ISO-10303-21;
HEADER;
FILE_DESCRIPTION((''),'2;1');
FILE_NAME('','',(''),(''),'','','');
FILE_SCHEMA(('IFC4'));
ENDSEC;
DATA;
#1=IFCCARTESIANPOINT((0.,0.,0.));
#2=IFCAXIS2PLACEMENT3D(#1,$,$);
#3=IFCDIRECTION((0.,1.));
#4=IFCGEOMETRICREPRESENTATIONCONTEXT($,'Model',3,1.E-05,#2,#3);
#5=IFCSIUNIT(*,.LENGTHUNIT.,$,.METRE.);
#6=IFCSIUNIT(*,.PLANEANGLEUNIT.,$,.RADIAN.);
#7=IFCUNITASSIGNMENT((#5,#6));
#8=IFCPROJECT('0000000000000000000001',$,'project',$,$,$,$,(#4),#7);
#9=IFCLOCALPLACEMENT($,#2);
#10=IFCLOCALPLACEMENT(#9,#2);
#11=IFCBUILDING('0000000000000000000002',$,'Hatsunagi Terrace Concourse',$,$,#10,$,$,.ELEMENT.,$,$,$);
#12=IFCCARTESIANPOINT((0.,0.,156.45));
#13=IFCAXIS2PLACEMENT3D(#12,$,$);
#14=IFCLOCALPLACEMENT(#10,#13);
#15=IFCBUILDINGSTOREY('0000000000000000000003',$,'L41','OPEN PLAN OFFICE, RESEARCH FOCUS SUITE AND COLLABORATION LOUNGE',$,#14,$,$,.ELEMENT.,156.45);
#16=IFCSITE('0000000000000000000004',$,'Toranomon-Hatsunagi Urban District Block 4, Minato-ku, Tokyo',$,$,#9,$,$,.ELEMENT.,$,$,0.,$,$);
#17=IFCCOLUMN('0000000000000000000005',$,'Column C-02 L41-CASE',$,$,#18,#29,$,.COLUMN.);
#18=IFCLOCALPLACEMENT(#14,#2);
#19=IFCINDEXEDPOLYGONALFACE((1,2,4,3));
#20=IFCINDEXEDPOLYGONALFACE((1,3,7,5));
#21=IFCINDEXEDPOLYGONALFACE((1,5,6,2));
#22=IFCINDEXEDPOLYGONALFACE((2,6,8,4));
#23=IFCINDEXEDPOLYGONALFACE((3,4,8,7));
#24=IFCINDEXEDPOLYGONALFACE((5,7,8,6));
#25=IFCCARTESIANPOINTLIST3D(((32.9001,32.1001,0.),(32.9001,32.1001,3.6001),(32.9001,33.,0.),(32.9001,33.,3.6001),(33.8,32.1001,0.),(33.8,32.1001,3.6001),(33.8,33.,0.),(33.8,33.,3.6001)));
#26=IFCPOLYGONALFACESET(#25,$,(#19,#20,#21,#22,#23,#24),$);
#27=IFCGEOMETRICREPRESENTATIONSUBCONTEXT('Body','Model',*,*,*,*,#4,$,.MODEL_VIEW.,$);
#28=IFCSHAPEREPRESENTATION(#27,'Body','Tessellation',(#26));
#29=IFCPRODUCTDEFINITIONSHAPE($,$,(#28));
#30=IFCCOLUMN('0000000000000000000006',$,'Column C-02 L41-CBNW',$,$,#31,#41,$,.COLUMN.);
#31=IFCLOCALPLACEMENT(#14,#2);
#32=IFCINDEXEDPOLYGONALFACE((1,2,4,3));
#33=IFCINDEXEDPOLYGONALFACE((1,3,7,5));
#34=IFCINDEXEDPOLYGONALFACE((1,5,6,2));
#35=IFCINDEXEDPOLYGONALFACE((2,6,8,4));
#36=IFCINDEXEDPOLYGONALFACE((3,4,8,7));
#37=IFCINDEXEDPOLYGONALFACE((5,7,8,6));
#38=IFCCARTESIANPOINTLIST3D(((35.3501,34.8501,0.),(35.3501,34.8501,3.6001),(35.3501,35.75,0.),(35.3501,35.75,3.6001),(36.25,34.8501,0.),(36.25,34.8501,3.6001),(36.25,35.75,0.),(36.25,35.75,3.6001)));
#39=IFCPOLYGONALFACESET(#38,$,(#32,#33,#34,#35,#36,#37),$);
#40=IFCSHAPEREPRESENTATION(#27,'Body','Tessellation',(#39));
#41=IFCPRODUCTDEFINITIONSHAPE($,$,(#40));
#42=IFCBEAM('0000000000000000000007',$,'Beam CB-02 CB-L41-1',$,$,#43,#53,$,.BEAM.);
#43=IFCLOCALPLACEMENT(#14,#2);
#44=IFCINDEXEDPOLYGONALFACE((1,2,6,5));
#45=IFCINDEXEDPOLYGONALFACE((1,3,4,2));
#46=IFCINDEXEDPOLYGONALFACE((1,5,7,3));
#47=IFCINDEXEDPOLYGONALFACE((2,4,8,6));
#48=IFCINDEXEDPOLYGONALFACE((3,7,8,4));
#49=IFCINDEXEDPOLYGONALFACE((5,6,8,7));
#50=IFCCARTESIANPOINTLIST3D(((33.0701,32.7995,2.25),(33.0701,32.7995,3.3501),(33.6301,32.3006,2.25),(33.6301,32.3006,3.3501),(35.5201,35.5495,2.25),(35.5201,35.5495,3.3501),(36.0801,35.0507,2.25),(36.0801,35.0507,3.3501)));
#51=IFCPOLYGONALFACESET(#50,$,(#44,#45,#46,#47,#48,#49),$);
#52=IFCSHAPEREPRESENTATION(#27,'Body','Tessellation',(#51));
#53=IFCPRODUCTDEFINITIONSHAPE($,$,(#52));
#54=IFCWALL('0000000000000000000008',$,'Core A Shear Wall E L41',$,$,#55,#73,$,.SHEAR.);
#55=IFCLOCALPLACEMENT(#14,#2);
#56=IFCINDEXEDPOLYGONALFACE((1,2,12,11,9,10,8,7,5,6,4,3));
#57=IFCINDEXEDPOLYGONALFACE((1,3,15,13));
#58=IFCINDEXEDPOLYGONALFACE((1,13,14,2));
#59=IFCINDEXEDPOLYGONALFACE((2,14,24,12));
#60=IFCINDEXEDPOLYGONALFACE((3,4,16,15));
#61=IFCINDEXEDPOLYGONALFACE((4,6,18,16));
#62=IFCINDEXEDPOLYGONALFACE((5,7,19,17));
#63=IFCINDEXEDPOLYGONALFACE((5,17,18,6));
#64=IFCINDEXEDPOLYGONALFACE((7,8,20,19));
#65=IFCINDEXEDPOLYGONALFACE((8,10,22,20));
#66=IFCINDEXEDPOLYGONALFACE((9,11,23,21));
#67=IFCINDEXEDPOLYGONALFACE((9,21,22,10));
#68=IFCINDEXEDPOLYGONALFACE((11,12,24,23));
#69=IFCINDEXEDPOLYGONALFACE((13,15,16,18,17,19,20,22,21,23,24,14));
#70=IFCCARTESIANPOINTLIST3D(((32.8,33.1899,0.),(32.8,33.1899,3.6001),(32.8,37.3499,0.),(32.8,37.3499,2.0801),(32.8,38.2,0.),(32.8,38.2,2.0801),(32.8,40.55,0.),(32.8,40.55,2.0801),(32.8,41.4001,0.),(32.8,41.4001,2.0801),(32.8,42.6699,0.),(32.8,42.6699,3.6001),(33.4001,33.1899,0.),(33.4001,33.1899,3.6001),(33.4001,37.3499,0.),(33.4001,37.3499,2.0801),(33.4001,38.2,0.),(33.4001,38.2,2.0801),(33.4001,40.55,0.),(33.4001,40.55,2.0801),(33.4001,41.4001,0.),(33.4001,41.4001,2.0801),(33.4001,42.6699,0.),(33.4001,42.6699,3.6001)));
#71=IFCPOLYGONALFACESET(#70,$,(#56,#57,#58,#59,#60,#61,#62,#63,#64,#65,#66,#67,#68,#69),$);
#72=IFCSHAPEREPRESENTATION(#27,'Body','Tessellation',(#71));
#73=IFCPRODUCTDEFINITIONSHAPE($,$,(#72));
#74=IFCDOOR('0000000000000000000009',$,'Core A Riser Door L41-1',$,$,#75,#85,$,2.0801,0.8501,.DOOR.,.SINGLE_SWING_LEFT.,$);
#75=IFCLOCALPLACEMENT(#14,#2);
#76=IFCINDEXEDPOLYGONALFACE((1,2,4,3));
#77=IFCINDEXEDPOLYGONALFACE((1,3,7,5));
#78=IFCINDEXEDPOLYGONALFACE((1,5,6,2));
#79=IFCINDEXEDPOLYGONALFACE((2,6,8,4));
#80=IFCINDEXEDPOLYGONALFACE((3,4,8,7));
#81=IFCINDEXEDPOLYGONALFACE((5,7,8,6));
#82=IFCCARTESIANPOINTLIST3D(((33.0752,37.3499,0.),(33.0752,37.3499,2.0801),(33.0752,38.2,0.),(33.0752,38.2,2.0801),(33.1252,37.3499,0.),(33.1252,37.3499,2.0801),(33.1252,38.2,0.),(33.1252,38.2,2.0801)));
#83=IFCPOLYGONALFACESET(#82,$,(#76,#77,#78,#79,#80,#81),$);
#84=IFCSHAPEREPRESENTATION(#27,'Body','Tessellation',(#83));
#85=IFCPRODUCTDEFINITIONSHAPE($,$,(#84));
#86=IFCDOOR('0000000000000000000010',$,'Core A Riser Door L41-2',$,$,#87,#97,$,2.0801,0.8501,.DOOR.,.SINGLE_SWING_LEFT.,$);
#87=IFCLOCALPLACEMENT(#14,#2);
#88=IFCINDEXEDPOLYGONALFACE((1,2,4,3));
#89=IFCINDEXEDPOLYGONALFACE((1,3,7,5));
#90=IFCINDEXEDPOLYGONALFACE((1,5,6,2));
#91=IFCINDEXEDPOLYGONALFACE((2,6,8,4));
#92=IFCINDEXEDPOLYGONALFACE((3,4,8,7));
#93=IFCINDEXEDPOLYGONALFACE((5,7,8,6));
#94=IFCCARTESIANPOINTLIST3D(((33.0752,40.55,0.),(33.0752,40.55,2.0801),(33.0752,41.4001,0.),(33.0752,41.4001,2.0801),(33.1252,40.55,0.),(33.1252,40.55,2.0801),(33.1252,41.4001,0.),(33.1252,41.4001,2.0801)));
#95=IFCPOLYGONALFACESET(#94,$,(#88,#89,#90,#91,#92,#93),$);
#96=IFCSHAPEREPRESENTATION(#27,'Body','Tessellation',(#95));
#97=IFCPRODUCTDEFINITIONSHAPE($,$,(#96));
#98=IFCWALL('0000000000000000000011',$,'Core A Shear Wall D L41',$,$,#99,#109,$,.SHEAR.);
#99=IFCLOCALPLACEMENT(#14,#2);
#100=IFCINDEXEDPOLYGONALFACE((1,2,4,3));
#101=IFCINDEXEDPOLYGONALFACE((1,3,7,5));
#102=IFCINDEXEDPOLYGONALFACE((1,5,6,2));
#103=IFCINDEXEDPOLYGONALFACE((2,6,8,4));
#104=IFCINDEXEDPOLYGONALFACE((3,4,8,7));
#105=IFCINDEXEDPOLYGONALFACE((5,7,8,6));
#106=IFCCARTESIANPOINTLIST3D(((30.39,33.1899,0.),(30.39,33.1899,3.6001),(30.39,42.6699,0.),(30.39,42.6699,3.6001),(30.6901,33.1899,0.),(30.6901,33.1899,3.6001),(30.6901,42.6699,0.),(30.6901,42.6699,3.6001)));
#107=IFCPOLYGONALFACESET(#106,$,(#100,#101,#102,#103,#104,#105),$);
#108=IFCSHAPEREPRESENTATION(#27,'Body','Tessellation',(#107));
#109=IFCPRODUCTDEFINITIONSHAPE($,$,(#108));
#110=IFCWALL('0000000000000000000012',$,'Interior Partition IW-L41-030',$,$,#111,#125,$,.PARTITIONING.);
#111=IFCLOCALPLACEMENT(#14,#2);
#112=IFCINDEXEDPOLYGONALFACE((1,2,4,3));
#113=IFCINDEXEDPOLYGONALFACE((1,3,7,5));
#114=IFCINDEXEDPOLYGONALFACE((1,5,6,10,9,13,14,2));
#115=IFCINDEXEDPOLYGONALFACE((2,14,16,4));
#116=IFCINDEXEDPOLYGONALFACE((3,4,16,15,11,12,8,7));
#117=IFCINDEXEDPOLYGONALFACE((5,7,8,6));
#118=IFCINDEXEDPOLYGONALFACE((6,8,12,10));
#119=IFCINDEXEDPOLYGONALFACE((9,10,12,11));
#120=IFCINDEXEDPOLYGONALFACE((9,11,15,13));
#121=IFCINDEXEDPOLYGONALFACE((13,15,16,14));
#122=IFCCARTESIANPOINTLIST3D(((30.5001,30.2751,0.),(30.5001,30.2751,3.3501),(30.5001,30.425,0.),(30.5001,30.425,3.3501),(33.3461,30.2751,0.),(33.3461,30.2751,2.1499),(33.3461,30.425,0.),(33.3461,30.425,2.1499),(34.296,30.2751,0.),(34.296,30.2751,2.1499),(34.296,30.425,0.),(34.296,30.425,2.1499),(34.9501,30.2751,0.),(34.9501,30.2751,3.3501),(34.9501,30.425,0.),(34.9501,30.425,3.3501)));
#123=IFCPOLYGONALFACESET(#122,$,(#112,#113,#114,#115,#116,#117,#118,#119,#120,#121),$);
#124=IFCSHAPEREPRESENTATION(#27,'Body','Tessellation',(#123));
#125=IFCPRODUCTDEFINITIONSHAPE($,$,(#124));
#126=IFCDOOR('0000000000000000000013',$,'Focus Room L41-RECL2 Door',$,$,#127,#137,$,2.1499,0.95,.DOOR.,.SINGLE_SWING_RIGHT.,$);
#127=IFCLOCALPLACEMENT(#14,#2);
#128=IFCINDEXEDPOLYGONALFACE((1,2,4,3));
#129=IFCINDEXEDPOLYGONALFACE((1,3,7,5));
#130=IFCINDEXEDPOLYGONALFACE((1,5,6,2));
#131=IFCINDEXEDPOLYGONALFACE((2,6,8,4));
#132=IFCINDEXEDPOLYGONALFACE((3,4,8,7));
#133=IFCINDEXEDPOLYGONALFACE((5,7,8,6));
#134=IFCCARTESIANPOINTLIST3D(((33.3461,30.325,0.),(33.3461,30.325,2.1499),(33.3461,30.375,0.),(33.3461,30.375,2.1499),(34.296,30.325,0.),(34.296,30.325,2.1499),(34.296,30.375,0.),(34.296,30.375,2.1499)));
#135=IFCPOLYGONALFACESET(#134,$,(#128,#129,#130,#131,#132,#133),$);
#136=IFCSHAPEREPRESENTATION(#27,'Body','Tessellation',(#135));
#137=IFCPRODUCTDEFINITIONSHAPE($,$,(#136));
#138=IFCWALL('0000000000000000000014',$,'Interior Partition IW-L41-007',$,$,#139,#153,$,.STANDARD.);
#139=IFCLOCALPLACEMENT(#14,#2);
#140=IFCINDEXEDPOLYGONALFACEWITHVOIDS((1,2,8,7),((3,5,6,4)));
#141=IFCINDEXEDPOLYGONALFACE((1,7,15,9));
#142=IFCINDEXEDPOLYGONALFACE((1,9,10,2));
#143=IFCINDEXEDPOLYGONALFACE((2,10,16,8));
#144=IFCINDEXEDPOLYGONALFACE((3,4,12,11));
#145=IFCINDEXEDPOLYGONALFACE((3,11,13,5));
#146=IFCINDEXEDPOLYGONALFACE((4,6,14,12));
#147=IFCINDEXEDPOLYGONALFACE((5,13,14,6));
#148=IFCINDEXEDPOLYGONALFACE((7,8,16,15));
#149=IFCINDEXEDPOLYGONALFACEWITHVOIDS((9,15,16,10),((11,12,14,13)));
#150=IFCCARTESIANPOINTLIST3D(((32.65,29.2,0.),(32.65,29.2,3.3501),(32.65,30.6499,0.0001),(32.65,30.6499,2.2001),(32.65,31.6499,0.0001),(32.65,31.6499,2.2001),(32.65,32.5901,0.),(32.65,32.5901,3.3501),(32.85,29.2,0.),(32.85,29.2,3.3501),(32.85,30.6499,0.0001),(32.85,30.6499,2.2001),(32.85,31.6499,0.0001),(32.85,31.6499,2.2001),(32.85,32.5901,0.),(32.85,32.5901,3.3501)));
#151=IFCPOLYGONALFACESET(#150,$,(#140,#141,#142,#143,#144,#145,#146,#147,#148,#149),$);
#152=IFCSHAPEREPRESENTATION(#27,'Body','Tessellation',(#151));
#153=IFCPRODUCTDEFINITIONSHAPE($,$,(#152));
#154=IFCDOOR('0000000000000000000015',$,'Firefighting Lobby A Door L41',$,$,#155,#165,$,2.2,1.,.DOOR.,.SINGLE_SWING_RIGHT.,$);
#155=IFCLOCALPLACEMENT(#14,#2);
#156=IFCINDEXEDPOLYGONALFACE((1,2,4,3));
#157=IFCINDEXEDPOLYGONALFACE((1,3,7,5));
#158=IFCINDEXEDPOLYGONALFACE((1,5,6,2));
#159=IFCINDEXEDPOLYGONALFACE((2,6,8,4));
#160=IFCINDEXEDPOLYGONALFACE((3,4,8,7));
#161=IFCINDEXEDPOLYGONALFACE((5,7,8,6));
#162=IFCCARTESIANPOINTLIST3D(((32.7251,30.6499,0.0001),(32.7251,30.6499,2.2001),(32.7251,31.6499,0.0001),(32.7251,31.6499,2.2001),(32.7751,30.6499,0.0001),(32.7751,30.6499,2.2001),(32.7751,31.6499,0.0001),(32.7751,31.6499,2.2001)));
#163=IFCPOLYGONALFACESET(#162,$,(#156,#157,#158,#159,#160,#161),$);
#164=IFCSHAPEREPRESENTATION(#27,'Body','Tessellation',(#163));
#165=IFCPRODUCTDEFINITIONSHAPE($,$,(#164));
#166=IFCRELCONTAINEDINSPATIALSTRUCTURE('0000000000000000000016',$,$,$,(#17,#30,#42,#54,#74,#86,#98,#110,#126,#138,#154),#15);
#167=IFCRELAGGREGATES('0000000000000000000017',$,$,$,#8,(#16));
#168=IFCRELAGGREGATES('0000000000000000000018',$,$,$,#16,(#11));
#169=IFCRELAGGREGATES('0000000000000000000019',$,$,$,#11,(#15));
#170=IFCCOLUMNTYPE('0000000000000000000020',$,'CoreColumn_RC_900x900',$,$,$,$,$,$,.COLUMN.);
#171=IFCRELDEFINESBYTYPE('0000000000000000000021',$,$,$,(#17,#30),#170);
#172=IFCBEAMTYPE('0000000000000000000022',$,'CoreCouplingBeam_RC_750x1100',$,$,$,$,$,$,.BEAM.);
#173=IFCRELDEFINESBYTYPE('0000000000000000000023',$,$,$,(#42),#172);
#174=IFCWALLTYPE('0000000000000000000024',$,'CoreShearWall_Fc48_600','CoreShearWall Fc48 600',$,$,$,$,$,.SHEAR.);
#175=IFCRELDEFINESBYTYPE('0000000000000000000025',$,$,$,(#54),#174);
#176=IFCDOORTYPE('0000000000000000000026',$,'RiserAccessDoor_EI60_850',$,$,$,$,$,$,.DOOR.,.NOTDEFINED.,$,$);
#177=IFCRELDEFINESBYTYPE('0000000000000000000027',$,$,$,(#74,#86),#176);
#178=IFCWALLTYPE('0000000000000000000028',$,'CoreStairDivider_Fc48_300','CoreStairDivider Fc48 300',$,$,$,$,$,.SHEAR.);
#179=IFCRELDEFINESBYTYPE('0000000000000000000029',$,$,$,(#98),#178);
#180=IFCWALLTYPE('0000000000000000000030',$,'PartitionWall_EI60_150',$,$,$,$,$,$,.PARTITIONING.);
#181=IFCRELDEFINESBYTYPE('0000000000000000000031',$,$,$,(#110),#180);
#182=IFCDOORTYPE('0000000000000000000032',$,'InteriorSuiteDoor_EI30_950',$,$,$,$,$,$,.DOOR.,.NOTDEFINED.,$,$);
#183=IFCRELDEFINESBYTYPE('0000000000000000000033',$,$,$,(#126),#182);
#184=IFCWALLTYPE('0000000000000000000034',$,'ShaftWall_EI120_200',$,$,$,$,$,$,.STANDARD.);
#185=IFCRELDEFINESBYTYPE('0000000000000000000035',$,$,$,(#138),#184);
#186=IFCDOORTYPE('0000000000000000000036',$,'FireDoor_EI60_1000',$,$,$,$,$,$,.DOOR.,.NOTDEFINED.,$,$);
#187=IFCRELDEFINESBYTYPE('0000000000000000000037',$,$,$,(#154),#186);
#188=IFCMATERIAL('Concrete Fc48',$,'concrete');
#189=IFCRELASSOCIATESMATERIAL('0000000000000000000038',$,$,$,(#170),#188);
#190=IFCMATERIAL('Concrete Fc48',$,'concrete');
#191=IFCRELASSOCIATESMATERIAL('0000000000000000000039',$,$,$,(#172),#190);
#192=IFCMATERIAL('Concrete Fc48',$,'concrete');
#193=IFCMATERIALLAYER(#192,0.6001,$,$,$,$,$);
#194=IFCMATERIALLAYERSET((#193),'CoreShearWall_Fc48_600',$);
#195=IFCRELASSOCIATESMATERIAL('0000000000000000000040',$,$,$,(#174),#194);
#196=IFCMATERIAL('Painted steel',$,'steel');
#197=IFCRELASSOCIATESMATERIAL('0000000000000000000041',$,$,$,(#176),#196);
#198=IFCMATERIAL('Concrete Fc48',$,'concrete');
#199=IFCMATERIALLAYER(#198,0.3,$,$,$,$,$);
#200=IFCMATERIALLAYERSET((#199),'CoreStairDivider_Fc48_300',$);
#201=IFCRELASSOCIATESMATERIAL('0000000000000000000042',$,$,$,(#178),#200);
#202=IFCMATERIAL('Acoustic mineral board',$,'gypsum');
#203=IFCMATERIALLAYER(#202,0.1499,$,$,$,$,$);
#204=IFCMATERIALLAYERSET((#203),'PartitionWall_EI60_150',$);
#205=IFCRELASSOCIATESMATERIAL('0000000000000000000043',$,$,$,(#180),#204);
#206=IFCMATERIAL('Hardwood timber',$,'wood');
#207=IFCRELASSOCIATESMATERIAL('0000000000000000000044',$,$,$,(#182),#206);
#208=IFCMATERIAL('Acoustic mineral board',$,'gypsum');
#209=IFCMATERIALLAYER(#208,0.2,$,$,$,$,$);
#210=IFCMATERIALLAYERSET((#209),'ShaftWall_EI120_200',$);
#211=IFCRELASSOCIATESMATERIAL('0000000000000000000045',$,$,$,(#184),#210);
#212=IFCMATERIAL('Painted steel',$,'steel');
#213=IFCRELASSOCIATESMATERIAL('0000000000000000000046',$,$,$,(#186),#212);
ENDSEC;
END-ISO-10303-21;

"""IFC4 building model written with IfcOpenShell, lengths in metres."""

from ifc_helpers import new_model, si_unit, direction, frame, frame_2d, origin, origin_2d, place, context, subcontext, project, spatial, rectangle, extrude, material, layer, layer_set, material_profile, profile_set, type_object, element, fill, save


model = new_model("IFC4")

# Units and contexts
model_context = context("Model", 3, precision=1e-05, world=origin(), true_north=direction((0.0, 1.0)))
body_context = subcontext(model_context, "Body", "Model", "MODEL_VIEW")
ifc_project = project(units=[si_unit("LENGTHUNIT", "METRE"), si_unit("PLANEANGLEUNIT", "RADIAN")], contexts=[model_context])

# Site, building, storey
site_placement = place(None, origin())
site = spatial("IfcSite", under=ifc_project, at=site_placement, Name="Toranomon-Hatsunagi Urban District Block 4, Minato-ku, Tokyo", CompositionType="ELEMENT", RefElevation=0.0)
building_placement = place(site_placement, origin())
building = spatial("IfcBuilding", under=site, at=building_placement, Name="Hatsunagi Terrace Concourse", CompositionType="ELEMENT")
storey_placement = place(building_placement, frame((0.0, 0.0, 156.45)))
storey = spatial("IfcBuildingStorey", under=building, at=storey_placement, Name="L41", Description="OPEN PLAN OFFICE, RESEARCH FOCUS SUITE AND COLLABORATION LOUNGE", CompositionType="ELEMENT", Elevation=156.45)

# Columns
ifc_material_1 = material(Name="Concrete Fc48", Category="concrete")
ifc_material_profile_1 = material_profile(ifc_material_1, rectangle(XDim=0.8999, YDim=0.8999, at=origin_2d()), Name="RC-900x900")
ifc_profile_set_1 = profile_set([ifc_material_profile_1], Name="Concrete Fc48")
column_type = type_object("IfcColumnType", Name="CoreColumn_RC_900x900", PredefinedType="COLUMN", material=ifc_profile_set_1)
for number, where, z_axis, x_axis, name in (
    (1, (33.3501, 32.55, 0.0), (0.0, 0.0, 1.0), (1.0, 0.0, 0.0), "Column C-02 L41-CASE"),
    (2, (35.8, 35.3, 0.0), (0.0, 0.0, 1.0), (1.0, 0.0, 0.0), "Column C-02 L41-CBNW"),
):
    element("IfcColumn", number, at=place(storey_placement, frame(where, z_axis=z_axis, x_axis=x_axis)), inside=storey, type_object=column_type, Name=name, PredefinedType="COLUMN", context=body_context, shape_type="SweptSolid", body=[
        extrude(rectangle(XDim=0.8999, YDim=0.8999, at=origin_2d()), origin(), (0.0, 0.0, 1.0), 3.6001),
    ])

# Beam
ifc_material_2 = material(Name="Concrete Fc48", Category="concrete")
ifc_material_profile_2 = material_profile(ifc_material_2, rectangle(XDim=0.75, YDim=1.1001, at=origin_2d()), Name="RC-750x1100")
ifc_profile_set_2 = profile_set([ifc_material_profile_2], Name="Concrete Fc48")
beam_type = type_object("IfcBeamType", Name="CoreCouplingBeam_RC_750x1100", PredefinedType="BEAM", material=ifc_profile_set_2)
beam_placement = place(storey_placement, frame((33.3501, 32.55, 2.8), z_axis=(0.665199, 0.746666, 0.0), x_axis=(-0.746666, 0.665199, 0.0)))
element("IfcBeam", 3, at=beam_placement, inside=storey, type_object=beam_type, Name="Beam CB-02 CB-L41-1", PredefinedType="BEAM", context=body_context, shape_type="SweptSolid", body=[
    extrude(rectangle(XDim=0.75, YDim=1.1001, at=origin_2d()), origin(), (0.0, 0.0, 1.0), 3.6831),
])

# Wall, openings, doors
ifc_material_3 = material(Name="Concrete Fc48", Category="concrete")
ifc_layer_1 = layer(ifc_material_3, 0.6001)
ifc_layer_set_1 = layer_set([ifc_layer_1], Name="CoreShearWall_Fc48_600")
wall_type_1 = type_object("IfcWallType", Name="CoreShearWall_Fc48_600", Description="CoreShearWall Fc48 600", PredefinedType="SHEAR", material=ifc_layer_set_1)
wall_1_placement = place(storey_placement, frame((33.1001, 33.1899, 0.0), z_axis=(0.0, 0.0, 1.0), x_axis=(0.0, 1.0, 0.0)))
wall_1 = element("IfcWall", 4, at=wall_1_placement, inside=storey, type_object=wall_type_1, Name="Core A Shear Wall E L41", PredefinedType="SHEAR", context=body_context, shape_type="SweptSolid", body=[
    extrude(rectangle(XDim=9.48, YDim=0.6001, at=frame_2d((4.74, 0.0))), origin(), (0.0, 0.0, 1.0), 3.6001),
])
opening_1_placement = place(wall_1_placement, frame((4.1599, 0.0, 0.0)))
opening_1 = element("IfcOpeningElement", 5, at=opening_1_placement, cuts=wall_1, PredefinedType="OPENING", context=body_context, shape_type="SweptSolid", body=[
    extrude(rectangle(XDim=0.8501, YDim=2.0801, at=frame_2d((0.425, 1.04))), frame((0.0, 0.3101, 0.0), z_axis=(0.0, -1.0, 0.0), x_axis=(1.0, 0.0, 0.0)), (0.0, 0.0, 1.0), 0.6201),
])
opening_2_placement = place(wall_1_placement, frame((7.3601, 0.0, 0.0)))
opening_2 = element("IfcOpeningElement", 6, at=opening_2_placement, cuts=wall_1, PredefinedType="OPENING", context=body_context, shape_type="SweptSolid", body=[
    extrude(rectangle(XDim=0.8501, YDim=2.0801, at=frame_2d((0.425, 1.04))), frame((0.0, 0.3101, 0.0), z_axis=(0.0, -1.0, 0.0), x_axis=(1.0, 0.0, 0.0)), (0.0, 0.0, 1.0), 0.6201),
])
ifc_material_4 = material(Name="Painted steel", Category="steel")
door_type_1 = type_object("IfcDoorType", Name="RiserAccessDoor_EI60_850", OperationType="NOTDEFINED", PredefinedType="DOOR", material=ifc_material_4)
door_1_placement = place(opening_1_placement, origin())
door_1 = element("IfcDoor", 7, at=door_1_placement, inside=storey, type_object=door_type_1, Name="Core A Riser Door L41-1", OperationType="SINGLE_SWING_LEFT", OverallHeight=2.0801, OverallWidth=0.8501, PredefinedType="DOOR", context=body_context, shape_type="SweptSolid", body=[
    extrude(rectangle(XDim=0.8501, YDim=2.0801, at=frame_2d((0.425, 1.04))), frame((0.0, 0.0249, 0.0), z_axis=(0.0, -1.0, 0.0), x_axis=(1.0, 0.0, 0.0)), (0.0, 0.0, 1.0), 0.05),
])
fill(opening_1, door_1)
door_2_placement = place(opening_2_placement, origin())
door_2 = element("IfcDoor", 8, at=door_2_placement, inside=storey, type_object=door_type_1, Name="Core A Riser Door L41-2", OperationType="SINGLE_SWING_LEFT", OverallHeight=2.0801, OverallWidth=0.8501, PredefinedType="DOOR", context=body_context, shape_type="SweptSolid", body=[
    extrude(rectangle(XDim=0.8501, YDim=2.0801, at=frame_2d((0.425, 1.04))), frame((0.0, 0.0249, 0.0), z_axis=(0.0, -1.0, 0.0), x_axis=(1.0, 0.0, 0.0)), (0.0, 0.0, 1.0), 0.05),
])
fill(opening_2, door_2)

# Wall
ifc_material_5 = material(Name="Concrete Fc48", Category="concrete")
ifc_layer_2 = layer(ifc_material_5, 0.3)
ifc_layer_set_2 = layer_set([ifc_layer_2], Name="CoreStairDivider_Fc48_300")
wall_type_2 = type_object("IfcWallType", Name="CoreStairDivider_Fc48_300", Description="CoreStairDivider Fc48 300", PredefinedType="SHEAR", material=ifc_layer_set_2)
wall_2_placement = place(storey_placement, frame((30.54, 33.1899, 0.0), z_axis=(0.0, 0.0, 1.0), x_axis=(0.0, 1.0, 0.0)))
element("IfcWall", 9, at=wall_2_placement, inside=storey, type_object=wall_type_2, Name="Core A Shear Wall D L41", PredefinedType="SHEAR", context=body_context, shape_type="SweptSolid", body=[
    extrude(rectangle(XDim=9.48, YDim=0.3, at=frame_2d((4.74, 0.0))), origin(), (0.0, 0.0, 1.0), 3.6001),
])

# Walls, openings, doors
ifc_material_6 = material(Name="Acoustic mineral board", Category="gypsum")
ifc_layer_3 = layer(ifc_material_6, 0.1499)
ifc_layer_set_3 = layer_set([ifc_layer_3], Name="PartitionWall_EI60_150")
wall_type_3 = type_object("IfcWallType", Name="PartitionWall_EI60_150", PredefinedType="PARTITIONING", material=ifc_layer_set_3)
wall_3_placement = place(storey_placement, frame((30.5, 30.3501, 0.0), z_axis=(0.0, 0.0, 1.0), x_axis=(1.0, 0.0, 0.0)))
wall_3 = element("IfcWall", 10, at=wall_3_placement, inside=storey, type_object=wall_type_3, Name="Interior Partition IW-L41-030", PredefinedType="PARTITIONING", context=body_context, shape_type="SweptSolid", body=[
    extrude(rectangle(XDim=4.45, YDim=0.1499, at=frame_2d((2.2251, 0.0))), origin(), (0.0, 0.0, 1.0), 3.3501),
])
opening_3_placement = place(wall_3_placement, frame((2.8459, 0.0, 0.0)))
opening_3 = element("IfcOpeningElement", 11, at=opening_3_placement, cuts=wall_3, PredefinedType="OPENING", context=body_context, shape_type="SweptSolid", body=[
    extrude(rectangle(XDim=0.95, YDim=2.1499, at=frame_2d((0.4751, 1.075))), frame((0.0, 0.085, 0.0), z_axis=(0.0, -1.0, 0.0), x_axis=(1.0, 0.0, 0.0)), (0.0, 0.0, 1.0), 0.1699),
])
ifc_material_7 = material(Name="Hardwood timber", Category="wood")
door_type_2 = type_object("IfcDoorType", Name="InteriorSuiteDoor_EI30_950", OperationType="NOTDEFINED", PredefinedType="DOOR", material=ifc_material_7)
door_3_placement = place(opening_3_placement, origin())
door_3 = element("IfcDoor", 12, at=door_3_placement, inside=storey, type_object=door_type_2, Name="Focus Room L41-RECL2 Door", OperationType="SINGLE_SWING_RIGHT", OverallHeight=2.1499, OverallWidth=0.95, PredefinedType="DOOR", context=body_context, shape_type="SweptSolid", body=[
    extrude(rectangle(XDim=0.95, YDim=2.1499, at=frame_2d((0.4751, 1.075))), frame((0.0, 0.0249, 0.0), z_axis=(0.0, -1.0, 0.0), x_axis=(1.0, 0.0, 0.0)), (0.0, 0.0, 1.0), 0.05),
])
fill(opening_3, door_3)
ifc_material_8 = material(Name="Acoustic mineral board", Category="gypsum")
ifc_layer_4 = layer(ifc_material_8, 0.2)
ifc_layer_set_4 = layer_set([ifc_layer_4], Name="ShaftWall_EI120_200")
wall_type_4 = type_object("IfcWallType", Name="ShaftWall_EI120_200", PredefinedType="STANDARD", material=ifc_layer_set_4)
wall_4_placement = place(storey_placement, frame((32.75, 29.2, 0.0), z_axis=(0.0, 0.0, 1.0), x_axis=(0.0, 1.0, 0.0)))
wall_4 = element("IfcWall", 13, at=wall_4_placement, inside=storey, type_object=wall_type_4, Name="Interior Partition IW-L41-007", PredefinedType="STANDARD", context=body_context, shape_type="SweptSolid", body=[
    extrude(rectangle(XDim=3.3901, YDim=0.2, at=frame_2d((1.6951, 0.0))), origin(), (0.0, 0.0, 1.0), 3.3501),
])
opening_4_placement = place(wall_4_placement, frame((1.45, 0.0, 0.0)))
opening_4 = element("IfcOpeningElement", 14, at=opening_4_placement, cuts=wall_4, PredefinedType="OPENING", context=body_context, shape_type="SweptSolid", body=[
    extrude(rectangle(XDim=1.0, YDim=2.2, at=frame_2d((0.5, 1.1001))), frame((0.0, 0.1099, 0.0), z_axis=(0.0, -1.0, 0.0), x_axis=(1.0, 0.0, 0.0)), (0.0, 0.0, 1.0), 0.22),
])
ifc_material_9 = material(Name="Painted steel", Category="steel")
door_type_3 = type_object("IfcDoorType", Name="FireDoor_EI60_1000", OperationType="NOTDEFINED", PredefinedType="DOOR", material=ifc_material_9)
door_4_placement = place(opening_4_placement, origin())
door_4 = element("IfcDoor", 15, at=door_4_placement, inside=storey, type_object=door_type_3, Name="Firefighting Lobby A Door L41", OperationType="SINGLE_SWING_RIGHT", OverallHeight=2.2, OverallWidth=1.0, PredefinedType="DOOR", context=body_context, shape_type="SweptSolid", body=[
    extrude(rectangle(XDim=1.0, YDim=2.2, at=frame_2d((0.5, 1.1001))), frame((0.0, 0.0249, 0.0), z_axis=(0.0, -1.0, 0.0), x_axis=(1.0, 0.0, 0.0)), (0.0, 0.0, 1.0), 0.05),
])
fill(opening_4, door_4)

save(model, "model.ifc")
